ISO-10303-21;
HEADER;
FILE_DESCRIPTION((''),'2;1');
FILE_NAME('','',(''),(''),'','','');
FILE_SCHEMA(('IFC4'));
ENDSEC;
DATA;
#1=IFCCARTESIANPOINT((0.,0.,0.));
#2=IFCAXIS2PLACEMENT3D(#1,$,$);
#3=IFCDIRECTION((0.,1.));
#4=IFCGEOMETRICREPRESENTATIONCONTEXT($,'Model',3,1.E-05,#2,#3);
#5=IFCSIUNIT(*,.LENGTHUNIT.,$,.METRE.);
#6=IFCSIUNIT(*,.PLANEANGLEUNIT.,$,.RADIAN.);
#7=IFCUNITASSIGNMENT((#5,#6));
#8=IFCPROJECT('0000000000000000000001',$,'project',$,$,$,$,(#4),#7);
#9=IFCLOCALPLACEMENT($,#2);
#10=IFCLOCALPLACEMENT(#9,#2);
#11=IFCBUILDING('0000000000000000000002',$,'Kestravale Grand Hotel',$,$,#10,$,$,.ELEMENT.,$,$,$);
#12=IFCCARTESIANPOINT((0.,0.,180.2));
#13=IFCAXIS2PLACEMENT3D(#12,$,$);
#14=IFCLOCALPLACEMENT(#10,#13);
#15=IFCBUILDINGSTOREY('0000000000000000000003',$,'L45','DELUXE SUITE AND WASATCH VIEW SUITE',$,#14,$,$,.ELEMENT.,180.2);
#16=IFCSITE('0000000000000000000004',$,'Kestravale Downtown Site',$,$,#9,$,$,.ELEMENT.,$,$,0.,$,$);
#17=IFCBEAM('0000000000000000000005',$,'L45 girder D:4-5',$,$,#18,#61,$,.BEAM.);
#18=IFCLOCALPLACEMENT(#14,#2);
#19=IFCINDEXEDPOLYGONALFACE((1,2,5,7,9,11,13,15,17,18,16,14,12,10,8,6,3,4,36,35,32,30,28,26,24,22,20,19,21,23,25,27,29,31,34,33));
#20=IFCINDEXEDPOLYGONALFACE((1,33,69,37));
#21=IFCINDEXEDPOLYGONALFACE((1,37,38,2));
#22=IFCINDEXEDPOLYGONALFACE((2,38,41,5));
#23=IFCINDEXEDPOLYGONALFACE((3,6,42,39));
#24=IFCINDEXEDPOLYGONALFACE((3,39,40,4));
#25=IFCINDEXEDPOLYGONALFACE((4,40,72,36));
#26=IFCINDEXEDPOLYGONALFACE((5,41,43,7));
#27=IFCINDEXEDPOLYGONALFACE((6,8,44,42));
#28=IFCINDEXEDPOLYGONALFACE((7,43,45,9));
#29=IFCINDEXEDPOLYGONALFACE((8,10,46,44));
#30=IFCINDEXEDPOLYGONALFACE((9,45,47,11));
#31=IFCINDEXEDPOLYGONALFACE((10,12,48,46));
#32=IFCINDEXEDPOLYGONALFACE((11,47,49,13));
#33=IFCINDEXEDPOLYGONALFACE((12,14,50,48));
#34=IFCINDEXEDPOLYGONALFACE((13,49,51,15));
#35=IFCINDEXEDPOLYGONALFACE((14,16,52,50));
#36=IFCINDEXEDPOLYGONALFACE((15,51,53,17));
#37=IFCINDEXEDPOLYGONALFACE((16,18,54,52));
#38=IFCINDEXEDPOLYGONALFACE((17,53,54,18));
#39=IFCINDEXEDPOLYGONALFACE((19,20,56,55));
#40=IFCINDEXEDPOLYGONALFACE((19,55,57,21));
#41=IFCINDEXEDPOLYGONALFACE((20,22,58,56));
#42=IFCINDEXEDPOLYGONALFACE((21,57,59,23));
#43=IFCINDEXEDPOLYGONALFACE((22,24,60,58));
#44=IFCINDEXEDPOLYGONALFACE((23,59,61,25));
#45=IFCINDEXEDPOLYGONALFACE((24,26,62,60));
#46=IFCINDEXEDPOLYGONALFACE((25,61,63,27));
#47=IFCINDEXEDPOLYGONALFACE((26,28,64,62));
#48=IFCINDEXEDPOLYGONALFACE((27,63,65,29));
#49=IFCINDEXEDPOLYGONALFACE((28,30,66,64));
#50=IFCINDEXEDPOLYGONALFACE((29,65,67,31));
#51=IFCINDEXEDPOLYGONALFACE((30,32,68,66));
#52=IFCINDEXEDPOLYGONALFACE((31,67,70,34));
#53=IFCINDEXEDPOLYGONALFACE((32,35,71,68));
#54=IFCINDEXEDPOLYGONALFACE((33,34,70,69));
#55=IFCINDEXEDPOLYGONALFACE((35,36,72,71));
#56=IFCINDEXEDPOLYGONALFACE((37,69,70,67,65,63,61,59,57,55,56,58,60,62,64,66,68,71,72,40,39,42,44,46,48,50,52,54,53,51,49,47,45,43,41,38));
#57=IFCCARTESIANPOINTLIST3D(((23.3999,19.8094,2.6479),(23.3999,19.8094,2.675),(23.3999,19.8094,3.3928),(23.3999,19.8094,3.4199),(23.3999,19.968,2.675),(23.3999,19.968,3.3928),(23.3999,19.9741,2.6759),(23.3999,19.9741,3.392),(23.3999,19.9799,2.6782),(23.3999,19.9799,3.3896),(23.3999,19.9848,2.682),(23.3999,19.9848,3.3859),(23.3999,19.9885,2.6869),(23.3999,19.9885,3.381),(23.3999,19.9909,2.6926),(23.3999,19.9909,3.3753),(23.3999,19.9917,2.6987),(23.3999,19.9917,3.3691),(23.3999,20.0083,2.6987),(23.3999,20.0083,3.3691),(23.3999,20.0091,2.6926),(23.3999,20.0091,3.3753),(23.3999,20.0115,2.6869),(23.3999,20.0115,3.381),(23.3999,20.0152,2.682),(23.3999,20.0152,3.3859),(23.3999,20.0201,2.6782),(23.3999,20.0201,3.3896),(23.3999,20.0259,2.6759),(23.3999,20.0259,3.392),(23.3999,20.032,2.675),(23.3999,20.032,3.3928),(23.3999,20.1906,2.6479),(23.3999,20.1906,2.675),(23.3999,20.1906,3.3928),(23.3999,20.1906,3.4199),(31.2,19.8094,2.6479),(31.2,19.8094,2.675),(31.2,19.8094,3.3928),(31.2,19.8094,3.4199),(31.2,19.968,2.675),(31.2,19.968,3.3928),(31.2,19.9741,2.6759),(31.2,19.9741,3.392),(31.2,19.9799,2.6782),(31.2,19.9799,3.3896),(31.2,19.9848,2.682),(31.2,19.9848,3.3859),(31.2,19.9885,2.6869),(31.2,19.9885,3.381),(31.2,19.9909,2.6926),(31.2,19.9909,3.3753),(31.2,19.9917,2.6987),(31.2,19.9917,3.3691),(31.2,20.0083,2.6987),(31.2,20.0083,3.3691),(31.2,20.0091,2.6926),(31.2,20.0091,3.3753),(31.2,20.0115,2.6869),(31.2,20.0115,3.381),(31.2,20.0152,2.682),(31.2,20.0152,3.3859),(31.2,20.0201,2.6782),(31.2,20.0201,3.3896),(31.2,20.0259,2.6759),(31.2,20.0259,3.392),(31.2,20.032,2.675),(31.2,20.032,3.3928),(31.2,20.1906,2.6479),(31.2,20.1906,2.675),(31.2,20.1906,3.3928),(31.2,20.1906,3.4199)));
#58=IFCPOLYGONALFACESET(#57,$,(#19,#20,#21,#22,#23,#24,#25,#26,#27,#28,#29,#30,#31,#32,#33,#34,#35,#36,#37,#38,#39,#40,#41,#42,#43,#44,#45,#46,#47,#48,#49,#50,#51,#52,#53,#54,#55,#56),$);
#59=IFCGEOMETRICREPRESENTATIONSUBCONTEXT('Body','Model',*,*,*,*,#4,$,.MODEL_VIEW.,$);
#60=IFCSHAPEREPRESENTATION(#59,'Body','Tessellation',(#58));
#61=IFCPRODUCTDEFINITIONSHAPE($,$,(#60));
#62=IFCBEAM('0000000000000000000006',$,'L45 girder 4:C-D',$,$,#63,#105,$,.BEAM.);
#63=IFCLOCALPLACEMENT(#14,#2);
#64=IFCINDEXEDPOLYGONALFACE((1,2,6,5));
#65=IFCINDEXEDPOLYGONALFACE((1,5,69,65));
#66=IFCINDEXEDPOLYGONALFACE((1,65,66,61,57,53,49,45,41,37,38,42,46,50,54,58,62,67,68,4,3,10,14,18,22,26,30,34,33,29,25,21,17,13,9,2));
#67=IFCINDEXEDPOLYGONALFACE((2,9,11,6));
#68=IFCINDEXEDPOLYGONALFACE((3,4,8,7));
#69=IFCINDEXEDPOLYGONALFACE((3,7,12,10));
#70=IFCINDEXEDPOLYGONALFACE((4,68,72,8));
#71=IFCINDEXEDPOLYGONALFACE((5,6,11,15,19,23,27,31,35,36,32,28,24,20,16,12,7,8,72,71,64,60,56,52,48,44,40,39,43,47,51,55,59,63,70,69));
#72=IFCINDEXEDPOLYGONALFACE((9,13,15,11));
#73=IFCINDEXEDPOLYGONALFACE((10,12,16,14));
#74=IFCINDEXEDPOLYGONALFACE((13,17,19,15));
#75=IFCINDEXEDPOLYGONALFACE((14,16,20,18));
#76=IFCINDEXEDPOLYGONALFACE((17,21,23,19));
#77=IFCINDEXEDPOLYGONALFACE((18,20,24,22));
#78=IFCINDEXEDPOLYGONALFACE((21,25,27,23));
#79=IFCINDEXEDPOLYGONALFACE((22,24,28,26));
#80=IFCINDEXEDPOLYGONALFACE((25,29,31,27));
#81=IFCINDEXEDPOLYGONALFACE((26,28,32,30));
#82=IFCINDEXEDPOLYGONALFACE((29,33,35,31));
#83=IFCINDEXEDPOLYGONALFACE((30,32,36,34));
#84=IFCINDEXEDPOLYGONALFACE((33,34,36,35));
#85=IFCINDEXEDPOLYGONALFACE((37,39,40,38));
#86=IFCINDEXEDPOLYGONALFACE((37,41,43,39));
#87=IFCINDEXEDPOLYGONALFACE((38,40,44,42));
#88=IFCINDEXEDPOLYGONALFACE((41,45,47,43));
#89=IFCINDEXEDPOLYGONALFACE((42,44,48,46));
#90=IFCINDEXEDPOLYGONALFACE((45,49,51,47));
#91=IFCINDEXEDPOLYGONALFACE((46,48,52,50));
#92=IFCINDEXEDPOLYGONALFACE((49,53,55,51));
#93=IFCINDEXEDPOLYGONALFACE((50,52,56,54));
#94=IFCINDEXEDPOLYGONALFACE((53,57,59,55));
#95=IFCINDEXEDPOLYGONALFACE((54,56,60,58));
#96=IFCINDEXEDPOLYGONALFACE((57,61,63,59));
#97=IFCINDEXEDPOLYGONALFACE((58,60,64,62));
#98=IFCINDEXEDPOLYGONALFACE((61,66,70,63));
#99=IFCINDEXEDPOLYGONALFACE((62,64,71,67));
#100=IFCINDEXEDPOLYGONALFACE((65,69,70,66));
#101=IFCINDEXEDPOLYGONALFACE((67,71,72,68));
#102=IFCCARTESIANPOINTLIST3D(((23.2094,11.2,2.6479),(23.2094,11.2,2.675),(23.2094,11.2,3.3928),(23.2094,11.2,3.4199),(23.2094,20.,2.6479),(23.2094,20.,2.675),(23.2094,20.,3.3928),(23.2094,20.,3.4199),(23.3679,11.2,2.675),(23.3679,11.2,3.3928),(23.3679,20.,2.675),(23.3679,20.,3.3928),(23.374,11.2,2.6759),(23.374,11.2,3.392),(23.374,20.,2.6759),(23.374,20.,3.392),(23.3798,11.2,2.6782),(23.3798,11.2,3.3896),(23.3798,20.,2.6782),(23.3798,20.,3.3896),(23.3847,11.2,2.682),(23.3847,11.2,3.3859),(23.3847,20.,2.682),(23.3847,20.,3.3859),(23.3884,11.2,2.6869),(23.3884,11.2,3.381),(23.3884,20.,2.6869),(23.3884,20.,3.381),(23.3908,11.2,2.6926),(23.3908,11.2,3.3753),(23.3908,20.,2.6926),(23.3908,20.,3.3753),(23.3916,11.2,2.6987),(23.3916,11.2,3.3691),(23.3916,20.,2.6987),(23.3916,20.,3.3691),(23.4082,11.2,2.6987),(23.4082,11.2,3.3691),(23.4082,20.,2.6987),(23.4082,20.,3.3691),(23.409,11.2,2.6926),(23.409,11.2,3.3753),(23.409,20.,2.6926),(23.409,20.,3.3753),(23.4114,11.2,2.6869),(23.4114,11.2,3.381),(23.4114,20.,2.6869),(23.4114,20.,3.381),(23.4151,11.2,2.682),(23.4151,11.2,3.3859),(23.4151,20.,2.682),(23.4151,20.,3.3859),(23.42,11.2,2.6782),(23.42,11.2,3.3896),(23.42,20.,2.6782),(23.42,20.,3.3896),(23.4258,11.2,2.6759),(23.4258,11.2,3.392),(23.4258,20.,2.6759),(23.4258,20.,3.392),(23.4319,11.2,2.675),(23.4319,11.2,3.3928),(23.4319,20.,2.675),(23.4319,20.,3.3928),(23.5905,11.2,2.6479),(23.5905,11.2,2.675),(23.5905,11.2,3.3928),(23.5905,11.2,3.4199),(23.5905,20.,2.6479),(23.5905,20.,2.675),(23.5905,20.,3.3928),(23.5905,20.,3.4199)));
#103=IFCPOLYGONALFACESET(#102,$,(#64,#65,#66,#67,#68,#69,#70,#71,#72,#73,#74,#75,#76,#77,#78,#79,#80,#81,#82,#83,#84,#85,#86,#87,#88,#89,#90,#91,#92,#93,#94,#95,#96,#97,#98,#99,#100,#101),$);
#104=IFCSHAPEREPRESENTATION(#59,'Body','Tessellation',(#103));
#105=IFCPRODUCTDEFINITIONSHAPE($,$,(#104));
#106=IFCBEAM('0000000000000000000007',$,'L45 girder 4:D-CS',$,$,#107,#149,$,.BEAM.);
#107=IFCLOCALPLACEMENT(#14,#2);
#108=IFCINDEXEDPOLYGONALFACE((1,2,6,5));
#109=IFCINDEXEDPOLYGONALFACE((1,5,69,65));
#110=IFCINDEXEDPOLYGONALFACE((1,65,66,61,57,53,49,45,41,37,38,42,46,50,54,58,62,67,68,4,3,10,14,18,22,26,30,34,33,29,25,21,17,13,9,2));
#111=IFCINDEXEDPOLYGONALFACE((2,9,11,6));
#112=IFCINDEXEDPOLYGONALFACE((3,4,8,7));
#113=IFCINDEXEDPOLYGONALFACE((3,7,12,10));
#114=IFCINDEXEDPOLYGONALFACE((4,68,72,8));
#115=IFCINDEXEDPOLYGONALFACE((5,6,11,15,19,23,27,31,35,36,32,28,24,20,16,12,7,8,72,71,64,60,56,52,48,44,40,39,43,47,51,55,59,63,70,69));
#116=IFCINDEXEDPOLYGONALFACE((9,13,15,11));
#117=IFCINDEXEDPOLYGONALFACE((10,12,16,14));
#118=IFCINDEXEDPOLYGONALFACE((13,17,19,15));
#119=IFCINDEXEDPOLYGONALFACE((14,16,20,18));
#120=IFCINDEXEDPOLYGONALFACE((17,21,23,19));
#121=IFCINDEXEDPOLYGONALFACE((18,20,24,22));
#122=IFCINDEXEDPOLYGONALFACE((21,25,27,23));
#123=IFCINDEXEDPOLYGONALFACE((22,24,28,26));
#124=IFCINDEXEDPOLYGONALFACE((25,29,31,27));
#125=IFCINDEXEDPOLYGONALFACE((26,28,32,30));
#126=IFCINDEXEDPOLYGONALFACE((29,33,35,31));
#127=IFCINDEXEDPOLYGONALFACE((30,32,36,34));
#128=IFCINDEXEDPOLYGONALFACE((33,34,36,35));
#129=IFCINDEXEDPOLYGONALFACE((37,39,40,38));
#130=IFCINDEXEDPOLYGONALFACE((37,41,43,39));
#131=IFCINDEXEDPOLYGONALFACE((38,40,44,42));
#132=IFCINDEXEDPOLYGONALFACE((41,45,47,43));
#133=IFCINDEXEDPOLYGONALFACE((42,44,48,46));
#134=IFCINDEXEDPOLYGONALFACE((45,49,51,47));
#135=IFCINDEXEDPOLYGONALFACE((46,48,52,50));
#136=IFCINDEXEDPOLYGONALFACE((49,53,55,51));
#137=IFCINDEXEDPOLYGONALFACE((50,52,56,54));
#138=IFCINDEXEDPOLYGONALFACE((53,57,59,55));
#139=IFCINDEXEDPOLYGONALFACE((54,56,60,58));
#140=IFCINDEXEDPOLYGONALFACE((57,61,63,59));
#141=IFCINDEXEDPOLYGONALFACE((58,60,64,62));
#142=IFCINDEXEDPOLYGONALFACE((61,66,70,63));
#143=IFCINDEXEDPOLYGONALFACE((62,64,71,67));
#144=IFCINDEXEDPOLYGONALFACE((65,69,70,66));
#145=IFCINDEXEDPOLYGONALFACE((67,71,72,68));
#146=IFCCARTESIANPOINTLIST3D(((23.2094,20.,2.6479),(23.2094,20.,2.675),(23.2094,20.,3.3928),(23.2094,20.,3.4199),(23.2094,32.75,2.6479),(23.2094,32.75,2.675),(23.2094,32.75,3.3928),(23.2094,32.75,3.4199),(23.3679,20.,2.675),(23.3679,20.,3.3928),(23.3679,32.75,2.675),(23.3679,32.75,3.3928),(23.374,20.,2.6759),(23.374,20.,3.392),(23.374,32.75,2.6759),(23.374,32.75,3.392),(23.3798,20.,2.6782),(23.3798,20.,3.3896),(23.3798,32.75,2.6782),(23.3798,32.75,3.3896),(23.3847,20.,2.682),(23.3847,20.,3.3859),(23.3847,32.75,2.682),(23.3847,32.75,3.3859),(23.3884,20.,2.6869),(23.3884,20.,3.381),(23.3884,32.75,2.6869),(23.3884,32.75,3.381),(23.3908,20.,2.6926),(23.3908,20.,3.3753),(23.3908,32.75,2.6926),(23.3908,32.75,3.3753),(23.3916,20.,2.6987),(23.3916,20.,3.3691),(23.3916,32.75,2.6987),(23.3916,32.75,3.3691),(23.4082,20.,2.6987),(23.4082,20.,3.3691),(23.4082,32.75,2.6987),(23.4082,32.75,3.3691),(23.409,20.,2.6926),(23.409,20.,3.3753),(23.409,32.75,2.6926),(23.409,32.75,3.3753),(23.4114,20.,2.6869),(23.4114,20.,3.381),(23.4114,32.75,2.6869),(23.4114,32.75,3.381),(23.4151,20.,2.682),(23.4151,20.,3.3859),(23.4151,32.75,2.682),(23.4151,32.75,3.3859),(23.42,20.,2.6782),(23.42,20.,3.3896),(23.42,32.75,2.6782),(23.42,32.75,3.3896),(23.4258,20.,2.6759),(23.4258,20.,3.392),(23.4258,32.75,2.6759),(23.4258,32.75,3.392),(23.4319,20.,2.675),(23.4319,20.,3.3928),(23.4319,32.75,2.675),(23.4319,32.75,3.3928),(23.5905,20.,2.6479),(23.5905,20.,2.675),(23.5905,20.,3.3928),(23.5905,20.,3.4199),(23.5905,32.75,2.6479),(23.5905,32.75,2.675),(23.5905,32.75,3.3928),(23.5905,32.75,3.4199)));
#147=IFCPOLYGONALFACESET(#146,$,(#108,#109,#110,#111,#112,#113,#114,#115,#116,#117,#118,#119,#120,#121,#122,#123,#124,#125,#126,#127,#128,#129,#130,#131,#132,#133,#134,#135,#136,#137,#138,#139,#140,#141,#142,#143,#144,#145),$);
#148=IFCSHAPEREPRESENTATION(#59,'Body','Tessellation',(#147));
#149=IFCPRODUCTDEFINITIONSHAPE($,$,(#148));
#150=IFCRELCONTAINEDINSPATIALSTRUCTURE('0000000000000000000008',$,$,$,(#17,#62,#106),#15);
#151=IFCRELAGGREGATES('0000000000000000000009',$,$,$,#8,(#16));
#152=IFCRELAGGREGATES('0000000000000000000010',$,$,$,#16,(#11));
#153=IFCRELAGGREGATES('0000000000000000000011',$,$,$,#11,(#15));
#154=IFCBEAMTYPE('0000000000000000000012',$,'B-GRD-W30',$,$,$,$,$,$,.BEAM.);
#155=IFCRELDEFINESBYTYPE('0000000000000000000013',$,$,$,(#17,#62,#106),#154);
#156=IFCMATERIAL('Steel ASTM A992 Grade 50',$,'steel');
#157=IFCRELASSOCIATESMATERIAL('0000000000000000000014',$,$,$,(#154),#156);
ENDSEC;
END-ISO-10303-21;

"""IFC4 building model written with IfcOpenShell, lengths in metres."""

from ifc_helpers import new_model, si_unit, direction, frame, origin, origin_2d, place, context, subcontext, project, spatial, i_section, extrude, material, material_profile, profile_set, type_object, element, save


model = new_model("IFC4")

# Units and contexts
model_context = context("Model", 3, precision=1e-05, world=origin(), true_north=direction((0.0, 1.0)))
body_context = subcontext(model_context, "Body", "Model", "MODEL_VIEW")
ifc_project = project(units=[si_unit("LENGTHUNIT", "METRE"), si_unit("PLANEANGLEUNIT", "RADIAN")], contexts=[model_context])

# Site, building, storey
site_placement = place(None, origin())
site = spatial("IfcSite", under=ifc_project, at=site_placement, Name="Kestravale Downtown Site", CompositionType="ELEMENT", RefElevation=0.0)
building_placement = place(site_placement, origin())
building = spatial("IfcBuilding", under=site, at=building_placement, Name="Kestravale Grand Hotel", CompositionType="ELEMENT")
storey_placement = place(building_placement, frame((0.0, 0.0, 180.2)))
storey = spatial("IfcBuildingStorey", under=building, at=storey_placement, Name="L45", Description="DELUXE SUITE AND WASATCH VIEW SUITE", CompositionType="ELEMENT", Elevation=180.2)

# Beams
ifc_material_1 = material(Name="Steel ASTM A992 Grade 50", Category="steel")
ifc_material_profile_1 = material_profile(ifc_material_1, i_section(OverallWidth=0.3811, OverallDepth=0.772, WebThickness=0.0166, FlangeThickness=0.0271, FilletRadius=0.0237, at=origin_2d()))
ifc_profile_set_1 = profile_set([ifc_material_profile_1], Name="Steel ASTM A992 Grade 50")
beam_type_1 = type_object("IfcBeamType", Name="B-GRD-W30", PredefinedType="BEAM", material=ifc_profile_set_1)
for number, where, z_axis, x_axis, name in (
    (1, (23.3999, 20.0, 3.0339), (1.0, 0.0, 0.0), (0.0, 1.0, 0.0), "L45 girder D:4-5"),
):
    element("IfcBeam", number, at=place(storey_placement, frame(where, z_axis=z_axis, x_axis=x_axis)), inside=storey, type_object=beam_type_1, Name=name, PredefinedType="BEAM", context=body_context, shape_type="SweptSolid", body=[
        extrude(i_section(OverallWidth=0.3811, OverallDepth=0.772, WebThickness=0.0166, FlangeThickness=0.0271, FilletRadius=0.0237, at=origin_2d()), origin(), (0.0, 0.0, 1.0), 7.8),
    ])
beam_1_placement = place(storey_placement, frame((23.3999, 11.2, 3.0339), z_axis=(0.0, 1.0, 0.0), x_axis=(-1.0, 0.0, 0.0)))
element("IfcBeam", 2, at=beam_1_placement, inside=storey, type_object=beam_type_1, Name="L45 girder 4:C-D", PredefinedType="BEAM", context=body_context, shape_type="SweptSolid", body=[
    extrude(i_section(OverallWidth=0.3811, OverallDepth=0.772, WebThickness=0.0166, FlangeThickness=0.0271, FilletRadius=0.0237, at=origin_2d()), origin(), (0.0, 0.0, 1.0), 8.8),
])
beam_2_placement = place(storey_placement, frame((23.3999, 20.0, 3.0339), z_axis=(0.0, 1.0, 0.0), x_axis=(-1.0, 0.0, 0.0)))
element("IfcBeam", 3, at=beam_2_placement, inside=storey, type_object=beam_type_1, Name="L45 girder 4:D-CS", PredefinedType="BEAM", context=body_context, shape_type="SweptSolid", body=[
    extrude(i_section(OverallWidth=0.3811, OverallDepth=0.772, WebThickness=0.0166, FlangeThickness=0.0271, FilletRadius=0.0237, at=origin_2d()), origin(), (0.0, 0.0, 1.0), 12.75),
])

save(model, "model.ifc")
